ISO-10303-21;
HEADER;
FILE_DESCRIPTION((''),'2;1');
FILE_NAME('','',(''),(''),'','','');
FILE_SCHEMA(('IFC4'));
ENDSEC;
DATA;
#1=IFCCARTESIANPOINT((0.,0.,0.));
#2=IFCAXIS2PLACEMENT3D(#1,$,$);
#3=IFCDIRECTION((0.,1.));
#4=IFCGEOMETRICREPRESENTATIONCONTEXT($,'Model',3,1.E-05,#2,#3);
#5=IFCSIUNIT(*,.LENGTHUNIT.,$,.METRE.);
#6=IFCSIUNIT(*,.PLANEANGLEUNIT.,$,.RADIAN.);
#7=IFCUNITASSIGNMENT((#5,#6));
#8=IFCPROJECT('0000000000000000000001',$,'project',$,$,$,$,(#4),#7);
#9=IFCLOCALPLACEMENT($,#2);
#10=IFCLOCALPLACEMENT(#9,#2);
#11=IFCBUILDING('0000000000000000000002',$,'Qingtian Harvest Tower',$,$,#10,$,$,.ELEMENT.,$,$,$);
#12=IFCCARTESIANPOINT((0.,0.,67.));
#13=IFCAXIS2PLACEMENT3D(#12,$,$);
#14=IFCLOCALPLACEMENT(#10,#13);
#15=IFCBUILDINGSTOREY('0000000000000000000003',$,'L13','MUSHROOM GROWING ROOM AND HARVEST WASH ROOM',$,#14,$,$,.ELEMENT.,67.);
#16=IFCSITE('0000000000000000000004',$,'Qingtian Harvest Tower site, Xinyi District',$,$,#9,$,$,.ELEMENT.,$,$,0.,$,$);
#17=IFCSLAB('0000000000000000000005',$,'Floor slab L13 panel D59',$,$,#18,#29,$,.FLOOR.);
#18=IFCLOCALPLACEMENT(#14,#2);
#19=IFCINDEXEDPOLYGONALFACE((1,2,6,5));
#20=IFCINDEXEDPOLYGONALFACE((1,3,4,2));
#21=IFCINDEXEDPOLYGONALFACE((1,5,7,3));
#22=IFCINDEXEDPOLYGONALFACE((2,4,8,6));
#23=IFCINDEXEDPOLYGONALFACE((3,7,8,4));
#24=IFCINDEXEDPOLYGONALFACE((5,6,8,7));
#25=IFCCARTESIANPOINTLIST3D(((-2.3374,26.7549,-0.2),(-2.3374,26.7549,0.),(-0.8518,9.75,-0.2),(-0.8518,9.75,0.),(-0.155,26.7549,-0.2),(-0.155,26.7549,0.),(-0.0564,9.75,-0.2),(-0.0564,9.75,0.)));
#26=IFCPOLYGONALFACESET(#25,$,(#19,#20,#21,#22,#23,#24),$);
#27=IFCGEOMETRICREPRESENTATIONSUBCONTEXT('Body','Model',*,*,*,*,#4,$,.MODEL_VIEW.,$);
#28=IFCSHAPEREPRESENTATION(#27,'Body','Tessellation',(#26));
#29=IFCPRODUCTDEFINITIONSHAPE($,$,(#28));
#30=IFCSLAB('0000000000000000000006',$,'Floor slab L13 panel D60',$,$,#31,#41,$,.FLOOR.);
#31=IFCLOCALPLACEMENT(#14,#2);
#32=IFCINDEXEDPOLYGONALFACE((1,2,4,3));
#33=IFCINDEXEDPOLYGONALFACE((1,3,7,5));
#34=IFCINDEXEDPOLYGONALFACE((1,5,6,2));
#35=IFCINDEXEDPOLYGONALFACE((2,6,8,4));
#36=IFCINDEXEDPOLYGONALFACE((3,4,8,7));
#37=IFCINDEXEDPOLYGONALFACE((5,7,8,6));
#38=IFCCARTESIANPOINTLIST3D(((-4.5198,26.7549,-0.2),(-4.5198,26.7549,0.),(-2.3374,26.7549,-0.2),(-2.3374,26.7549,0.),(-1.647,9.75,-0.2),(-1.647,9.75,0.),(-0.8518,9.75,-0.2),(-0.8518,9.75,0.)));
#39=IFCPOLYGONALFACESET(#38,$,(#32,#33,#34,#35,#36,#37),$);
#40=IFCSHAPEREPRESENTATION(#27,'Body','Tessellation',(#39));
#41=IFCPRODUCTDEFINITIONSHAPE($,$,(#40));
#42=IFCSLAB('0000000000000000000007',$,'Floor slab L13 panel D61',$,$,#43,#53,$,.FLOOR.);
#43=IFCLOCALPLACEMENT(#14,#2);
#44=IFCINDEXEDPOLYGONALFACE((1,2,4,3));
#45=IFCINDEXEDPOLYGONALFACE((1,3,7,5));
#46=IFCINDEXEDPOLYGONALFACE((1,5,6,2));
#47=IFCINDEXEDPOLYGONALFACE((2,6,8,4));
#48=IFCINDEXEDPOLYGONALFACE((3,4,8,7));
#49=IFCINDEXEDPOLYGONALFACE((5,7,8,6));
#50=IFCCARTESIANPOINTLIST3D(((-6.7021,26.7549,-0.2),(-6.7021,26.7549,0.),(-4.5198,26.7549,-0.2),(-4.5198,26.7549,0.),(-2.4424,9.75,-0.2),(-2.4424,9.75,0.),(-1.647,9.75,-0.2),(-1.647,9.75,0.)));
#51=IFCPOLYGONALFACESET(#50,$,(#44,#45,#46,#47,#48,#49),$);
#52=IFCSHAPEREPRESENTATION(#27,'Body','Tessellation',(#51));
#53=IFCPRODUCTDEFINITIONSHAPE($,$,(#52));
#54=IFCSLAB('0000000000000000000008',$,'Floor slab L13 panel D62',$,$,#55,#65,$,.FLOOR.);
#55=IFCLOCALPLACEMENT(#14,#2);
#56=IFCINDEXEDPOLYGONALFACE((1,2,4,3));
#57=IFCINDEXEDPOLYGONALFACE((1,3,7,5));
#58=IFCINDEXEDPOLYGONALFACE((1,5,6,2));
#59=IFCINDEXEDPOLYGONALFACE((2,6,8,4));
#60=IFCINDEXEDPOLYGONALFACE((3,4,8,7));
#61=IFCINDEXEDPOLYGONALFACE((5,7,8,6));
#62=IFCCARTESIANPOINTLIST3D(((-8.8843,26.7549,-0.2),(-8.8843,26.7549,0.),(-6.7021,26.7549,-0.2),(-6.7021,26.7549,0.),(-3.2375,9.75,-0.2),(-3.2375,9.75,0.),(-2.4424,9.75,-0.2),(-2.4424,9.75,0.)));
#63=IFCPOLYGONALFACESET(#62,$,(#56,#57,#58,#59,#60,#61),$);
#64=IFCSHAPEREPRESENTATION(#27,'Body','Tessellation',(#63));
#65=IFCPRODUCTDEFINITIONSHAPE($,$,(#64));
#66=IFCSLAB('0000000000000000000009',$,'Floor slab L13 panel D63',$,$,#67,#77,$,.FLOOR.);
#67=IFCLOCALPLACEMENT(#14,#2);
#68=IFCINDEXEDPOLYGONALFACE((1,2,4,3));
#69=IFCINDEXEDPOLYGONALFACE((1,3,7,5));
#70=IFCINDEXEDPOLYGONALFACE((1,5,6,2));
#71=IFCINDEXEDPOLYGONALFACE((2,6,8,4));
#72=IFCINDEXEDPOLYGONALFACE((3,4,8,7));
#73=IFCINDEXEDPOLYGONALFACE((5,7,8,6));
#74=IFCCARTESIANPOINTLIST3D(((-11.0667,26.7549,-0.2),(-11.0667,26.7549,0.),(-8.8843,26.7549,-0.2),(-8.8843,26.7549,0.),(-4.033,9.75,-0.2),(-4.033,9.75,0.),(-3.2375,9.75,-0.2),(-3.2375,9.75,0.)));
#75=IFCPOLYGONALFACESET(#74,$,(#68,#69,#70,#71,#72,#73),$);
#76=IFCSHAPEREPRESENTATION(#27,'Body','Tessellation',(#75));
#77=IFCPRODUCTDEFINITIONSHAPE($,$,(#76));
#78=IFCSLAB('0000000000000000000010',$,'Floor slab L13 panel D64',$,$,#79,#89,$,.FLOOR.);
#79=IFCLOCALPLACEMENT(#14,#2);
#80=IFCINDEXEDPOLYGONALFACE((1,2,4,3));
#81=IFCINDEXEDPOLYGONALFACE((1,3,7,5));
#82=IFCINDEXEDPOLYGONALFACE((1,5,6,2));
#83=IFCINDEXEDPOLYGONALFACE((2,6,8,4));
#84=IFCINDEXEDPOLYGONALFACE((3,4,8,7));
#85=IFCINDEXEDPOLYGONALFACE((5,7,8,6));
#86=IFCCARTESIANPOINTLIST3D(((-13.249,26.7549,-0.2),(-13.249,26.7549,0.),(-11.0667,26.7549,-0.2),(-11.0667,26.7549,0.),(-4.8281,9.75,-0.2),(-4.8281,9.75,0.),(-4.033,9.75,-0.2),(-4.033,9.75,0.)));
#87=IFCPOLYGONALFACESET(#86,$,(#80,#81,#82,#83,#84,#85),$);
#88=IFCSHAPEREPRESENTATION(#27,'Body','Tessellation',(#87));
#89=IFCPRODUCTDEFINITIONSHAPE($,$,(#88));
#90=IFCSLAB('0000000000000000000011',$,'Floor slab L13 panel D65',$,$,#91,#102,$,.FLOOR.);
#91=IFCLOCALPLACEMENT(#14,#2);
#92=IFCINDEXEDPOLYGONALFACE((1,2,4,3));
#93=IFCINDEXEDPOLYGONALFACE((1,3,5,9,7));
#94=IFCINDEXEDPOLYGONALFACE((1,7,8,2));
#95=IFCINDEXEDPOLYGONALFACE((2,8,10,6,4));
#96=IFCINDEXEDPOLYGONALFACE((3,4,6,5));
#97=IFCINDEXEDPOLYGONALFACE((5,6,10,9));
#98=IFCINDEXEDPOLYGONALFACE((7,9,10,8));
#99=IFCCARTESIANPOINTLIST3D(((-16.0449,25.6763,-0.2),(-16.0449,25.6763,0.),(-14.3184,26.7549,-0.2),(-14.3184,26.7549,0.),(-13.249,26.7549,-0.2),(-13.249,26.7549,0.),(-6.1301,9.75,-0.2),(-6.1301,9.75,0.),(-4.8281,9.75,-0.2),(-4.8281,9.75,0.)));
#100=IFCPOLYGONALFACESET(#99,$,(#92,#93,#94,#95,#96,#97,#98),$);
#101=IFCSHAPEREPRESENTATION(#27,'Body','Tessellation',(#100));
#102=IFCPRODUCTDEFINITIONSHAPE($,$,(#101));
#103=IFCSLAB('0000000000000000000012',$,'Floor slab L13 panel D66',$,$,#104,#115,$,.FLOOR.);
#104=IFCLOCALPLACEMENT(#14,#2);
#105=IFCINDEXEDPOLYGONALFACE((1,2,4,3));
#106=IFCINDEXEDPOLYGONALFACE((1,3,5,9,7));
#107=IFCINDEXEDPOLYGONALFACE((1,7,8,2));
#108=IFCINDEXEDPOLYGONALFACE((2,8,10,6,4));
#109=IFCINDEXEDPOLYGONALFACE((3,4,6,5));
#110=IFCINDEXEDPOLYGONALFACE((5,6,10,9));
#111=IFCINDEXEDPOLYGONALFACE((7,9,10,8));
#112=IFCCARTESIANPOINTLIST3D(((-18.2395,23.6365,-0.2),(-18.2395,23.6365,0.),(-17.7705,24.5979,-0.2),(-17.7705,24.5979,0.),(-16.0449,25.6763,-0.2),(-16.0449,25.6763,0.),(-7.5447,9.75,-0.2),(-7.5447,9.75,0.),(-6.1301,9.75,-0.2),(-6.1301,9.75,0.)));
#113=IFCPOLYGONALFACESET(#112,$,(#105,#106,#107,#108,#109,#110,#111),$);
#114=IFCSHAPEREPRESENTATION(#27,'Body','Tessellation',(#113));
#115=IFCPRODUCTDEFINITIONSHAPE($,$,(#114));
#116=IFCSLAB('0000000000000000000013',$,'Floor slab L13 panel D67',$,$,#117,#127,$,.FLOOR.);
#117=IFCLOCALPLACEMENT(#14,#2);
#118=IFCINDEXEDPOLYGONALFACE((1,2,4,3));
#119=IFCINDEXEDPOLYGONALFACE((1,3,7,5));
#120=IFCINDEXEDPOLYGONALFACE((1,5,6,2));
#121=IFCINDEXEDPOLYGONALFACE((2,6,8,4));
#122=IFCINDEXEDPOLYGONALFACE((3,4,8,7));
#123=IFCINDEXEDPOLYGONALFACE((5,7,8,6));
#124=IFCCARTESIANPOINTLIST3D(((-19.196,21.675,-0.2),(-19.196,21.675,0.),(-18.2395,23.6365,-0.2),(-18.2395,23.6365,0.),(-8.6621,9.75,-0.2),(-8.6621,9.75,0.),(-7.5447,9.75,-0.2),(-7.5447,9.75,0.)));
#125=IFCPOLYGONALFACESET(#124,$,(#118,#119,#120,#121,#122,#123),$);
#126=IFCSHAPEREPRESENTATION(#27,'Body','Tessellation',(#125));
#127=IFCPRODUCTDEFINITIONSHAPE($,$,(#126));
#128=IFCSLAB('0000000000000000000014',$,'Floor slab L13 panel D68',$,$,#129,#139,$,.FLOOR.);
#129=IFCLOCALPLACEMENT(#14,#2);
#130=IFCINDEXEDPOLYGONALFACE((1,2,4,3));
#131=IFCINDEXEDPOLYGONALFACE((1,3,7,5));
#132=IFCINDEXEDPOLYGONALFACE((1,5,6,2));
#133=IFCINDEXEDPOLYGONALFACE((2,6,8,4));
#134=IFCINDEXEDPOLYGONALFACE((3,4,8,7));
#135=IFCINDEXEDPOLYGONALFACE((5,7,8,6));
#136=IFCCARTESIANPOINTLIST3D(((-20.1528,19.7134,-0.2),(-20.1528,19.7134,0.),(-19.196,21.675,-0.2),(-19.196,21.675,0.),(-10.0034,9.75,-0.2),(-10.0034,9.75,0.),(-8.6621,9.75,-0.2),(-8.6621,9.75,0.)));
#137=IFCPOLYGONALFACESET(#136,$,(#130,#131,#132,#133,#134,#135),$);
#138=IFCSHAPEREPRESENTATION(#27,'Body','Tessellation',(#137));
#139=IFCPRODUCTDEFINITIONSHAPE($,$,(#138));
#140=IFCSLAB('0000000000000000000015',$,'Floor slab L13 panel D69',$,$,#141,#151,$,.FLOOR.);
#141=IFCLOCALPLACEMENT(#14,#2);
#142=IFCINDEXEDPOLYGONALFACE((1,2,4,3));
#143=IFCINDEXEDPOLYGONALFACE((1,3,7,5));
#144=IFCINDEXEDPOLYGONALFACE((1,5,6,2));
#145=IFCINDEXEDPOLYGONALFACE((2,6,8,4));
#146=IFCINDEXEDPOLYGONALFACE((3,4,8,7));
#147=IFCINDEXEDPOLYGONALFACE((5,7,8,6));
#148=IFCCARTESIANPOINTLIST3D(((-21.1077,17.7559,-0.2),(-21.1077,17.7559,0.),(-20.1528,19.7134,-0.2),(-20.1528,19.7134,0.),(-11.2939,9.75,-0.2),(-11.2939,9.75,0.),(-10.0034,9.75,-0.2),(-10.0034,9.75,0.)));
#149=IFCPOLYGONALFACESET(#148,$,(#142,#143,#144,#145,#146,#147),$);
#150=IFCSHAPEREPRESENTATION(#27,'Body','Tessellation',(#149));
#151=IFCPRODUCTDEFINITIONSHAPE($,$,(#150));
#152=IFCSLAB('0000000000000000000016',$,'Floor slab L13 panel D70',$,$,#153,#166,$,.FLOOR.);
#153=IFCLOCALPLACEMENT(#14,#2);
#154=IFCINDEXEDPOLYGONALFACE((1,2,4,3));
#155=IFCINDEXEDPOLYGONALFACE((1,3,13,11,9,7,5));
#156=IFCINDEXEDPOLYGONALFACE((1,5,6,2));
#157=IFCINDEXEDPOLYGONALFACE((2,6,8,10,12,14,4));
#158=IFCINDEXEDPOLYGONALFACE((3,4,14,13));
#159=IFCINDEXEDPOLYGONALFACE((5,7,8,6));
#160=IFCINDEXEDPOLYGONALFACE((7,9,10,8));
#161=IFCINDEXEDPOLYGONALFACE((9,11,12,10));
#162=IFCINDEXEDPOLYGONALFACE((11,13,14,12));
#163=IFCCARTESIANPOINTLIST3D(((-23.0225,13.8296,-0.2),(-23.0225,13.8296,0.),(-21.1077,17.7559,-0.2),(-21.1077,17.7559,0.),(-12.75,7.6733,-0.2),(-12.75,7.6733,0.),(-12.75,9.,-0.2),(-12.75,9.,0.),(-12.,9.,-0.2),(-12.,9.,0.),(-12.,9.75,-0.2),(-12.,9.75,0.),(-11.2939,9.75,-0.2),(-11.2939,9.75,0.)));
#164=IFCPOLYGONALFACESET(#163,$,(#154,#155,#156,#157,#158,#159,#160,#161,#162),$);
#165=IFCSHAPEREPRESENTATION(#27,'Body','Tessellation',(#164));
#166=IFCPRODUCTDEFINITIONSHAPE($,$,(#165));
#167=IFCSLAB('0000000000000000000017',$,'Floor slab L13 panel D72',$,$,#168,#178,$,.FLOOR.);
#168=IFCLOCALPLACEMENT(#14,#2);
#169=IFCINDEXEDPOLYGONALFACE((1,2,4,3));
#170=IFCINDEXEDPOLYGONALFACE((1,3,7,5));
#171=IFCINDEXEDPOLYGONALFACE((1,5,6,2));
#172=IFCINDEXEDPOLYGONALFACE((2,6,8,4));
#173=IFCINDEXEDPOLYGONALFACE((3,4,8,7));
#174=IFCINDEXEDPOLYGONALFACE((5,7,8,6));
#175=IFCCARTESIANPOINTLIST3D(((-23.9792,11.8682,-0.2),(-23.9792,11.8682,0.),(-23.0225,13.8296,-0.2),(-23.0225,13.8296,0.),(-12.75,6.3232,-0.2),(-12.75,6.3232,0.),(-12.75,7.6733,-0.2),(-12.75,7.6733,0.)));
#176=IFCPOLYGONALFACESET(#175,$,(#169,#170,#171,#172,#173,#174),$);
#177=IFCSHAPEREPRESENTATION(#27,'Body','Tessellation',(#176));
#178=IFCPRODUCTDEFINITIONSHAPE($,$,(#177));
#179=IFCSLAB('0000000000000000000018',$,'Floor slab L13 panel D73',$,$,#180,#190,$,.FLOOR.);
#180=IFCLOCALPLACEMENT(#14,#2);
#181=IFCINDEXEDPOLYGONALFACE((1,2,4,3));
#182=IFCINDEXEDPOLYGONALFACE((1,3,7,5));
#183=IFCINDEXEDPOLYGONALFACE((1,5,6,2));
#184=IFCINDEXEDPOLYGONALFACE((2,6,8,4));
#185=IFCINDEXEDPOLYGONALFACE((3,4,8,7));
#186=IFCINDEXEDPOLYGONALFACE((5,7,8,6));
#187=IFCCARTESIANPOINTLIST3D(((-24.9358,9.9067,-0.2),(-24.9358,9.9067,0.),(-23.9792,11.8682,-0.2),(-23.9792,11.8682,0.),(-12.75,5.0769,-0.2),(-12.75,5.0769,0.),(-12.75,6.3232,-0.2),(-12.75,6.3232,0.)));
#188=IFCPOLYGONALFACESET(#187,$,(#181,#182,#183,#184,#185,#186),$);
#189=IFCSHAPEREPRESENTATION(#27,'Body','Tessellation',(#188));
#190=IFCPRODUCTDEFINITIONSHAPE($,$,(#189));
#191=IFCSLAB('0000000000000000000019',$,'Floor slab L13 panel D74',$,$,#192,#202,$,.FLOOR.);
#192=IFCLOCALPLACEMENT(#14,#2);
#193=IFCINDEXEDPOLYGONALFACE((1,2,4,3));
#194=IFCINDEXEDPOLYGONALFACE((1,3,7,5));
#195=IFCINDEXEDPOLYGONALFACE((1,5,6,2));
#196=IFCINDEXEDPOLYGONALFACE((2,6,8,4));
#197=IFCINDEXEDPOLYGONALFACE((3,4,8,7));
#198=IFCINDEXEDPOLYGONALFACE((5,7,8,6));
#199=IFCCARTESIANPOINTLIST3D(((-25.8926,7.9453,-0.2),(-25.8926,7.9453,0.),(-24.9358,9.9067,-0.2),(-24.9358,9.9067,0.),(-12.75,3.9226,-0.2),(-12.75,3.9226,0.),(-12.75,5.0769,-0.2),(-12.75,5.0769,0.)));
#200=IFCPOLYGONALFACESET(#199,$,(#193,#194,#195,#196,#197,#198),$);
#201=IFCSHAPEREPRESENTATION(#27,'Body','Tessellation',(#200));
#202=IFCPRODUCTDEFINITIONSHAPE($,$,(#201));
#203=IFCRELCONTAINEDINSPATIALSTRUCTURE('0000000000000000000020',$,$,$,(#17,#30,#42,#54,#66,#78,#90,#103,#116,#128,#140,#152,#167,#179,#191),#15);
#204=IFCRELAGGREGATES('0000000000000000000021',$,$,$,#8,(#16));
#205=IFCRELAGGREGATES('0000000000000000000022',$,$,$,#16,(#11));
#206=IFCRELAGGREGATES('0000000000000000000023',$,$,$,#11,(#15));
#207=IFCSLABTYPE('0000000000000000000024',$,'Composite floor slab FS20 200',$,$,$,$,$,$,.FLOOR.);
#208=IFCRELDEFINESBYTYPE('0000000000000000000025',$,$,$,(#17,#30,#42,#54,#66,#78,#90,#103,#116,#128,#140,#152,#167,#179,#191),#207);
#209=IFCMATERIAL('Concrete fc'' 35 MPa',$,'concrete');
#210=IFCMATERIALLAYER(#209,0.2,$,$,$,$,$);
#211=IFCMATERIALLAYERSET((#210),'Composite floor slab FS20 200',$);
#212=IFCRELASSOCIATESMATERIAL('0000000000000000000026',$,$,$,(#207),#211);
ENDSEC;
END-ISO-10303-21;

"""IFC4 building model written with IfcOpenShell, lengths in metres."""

from ifc_helpers import new_model, si_unit, direction, frame, origin, place, context, subcontext, project, spatial, polyline, outline, extrude, material, layer, layer_set, type_object, element, save


model = new_model("IFC4")

# Units and contexts
model_context = context("Model", 3, precision=1e-05, world=origin(), true_north=direction((0.0, 1.0)))
body_context = subcontext(model_context, "Body", "Model", "MODEL_VIEW")
ifc_project = project(units=[si_unit("LENGTHUNIT", "METRE"), si_unit("PLANEANGLEUNIT", "RADIAN")], contexts=[model_context])

# Site, building, storey
site_placement = place(None, origin())
site = spatial("IfcSite", under=ifc_project, at=site_placement, Name="Qingtian Harvest Tower site, Xinyi District", CompositionType="ELEMENT", RefElevation=0.0)
building_placement = place(site_placement, origin())
building = spatial("IfcBuilding", under=site, at=building_placement, Name="Qingtian Harvest Tower", CompositionType="ELEMENT")
storey_placement = place(building_placement, frame((0.0, 0.0, 67.0)))
storey = spatial("IfcBuildingStorey", under=building, at=storey_placement, Name="L13", Description="MUSHROOM GROWING ROOM AND HARVEST WASH ROOM", CompositionType="ELEMENT", Elevation=67.0)

# Slabs
ifc_material_1 = material(Name="Concrete fc' 35 MPa", Category="concrete")
ifc_layer_1 = layer(ifc_material_1, 0.2)
ifc_layer_set_1 = layer_set([ifc_layer_1], Name="Composite floor slab FS20 200")
slab_type = type_object("IfcSlabType", Name="Composite floor slab FS20 200", PredefinedType="FLOOR", material=ifc_layer_set_1)
slab_1_placement = place(storey_placement, frame((0.0, 0.0, -0.2)))
element("IfcSlab", 1, at=slab_1_placement, inside=storey, type_object=slab_type, Name="Floor slab L13 panel D59", PredefinedType="FLOOR", context=body_context, shape_type="SweptSolid", body=[
    extrude(outline(polyline([(-0.8518, 9.75), (-2.3374, 26.7549), (-0.155, 26.7549), (-0.0564, 9.75), (-0.8518, 9.75)])), origin(), (0.0, 0.0, 1.0), 0.2),
])
slab_2_placement = place(storey_placement, frame((0.0, 0.0, -0.2)))
element("IfcSlab", 2, at=slab_2_placement, inside=storey, type_object=slab_type, Name="Floor slab L13 panel D60", PredefinedType="FLOOR", context=body_context, shape_type="SweptSolid", body=[
    extrude(outline(polyline([(-1.647, 9.75), (-4.5198, 26.7549), (-2.3374, 26.7549), (-0.8518, 9.75), (-1.647, 9.75)])), origin(), (0.0, 0.0, 1.0), 0.2),
])
slab_3_placement = place(storey_placement, frame((0.0, 0.0, -0.2)))
element("IfcSlab", 3, at=slab_3_placement, inside=storey, type_object=slab_type, Name="Floor slab L13 panel D61", PredefinedType="FLOOR", context=body_context, shape_type="SweptSolid", body=[
    extrude(outline(polyline([(-2.4424, 9.75), (-6.7021, 26.7549), (-4.5198, 26.7549), (-1.647, 9.75), (-2.4424, 9.75)])), origin(), (0.0, 0.0, 1.0), 0.2),
])
slab_4_placement = place(storey_placement, frame((0.0, 0.0, -0.2)))
element("IfcSlab", 4, at=slab_4_placement, inside=storey, type_object=slab_type, Name="Floor slab L13 panel D62", PredefinedType="FLOOR", context=body_context, shape_type="SweptSolid", body=[
    extrude(outline(polyline([(-3.2375, 9.75), (-8.8843, 26.7549), (-6.7021, 26.7549), (-2.4424, 9.75), (-3.2375, 9.75)])), origin(), (0.0, 0.0, 1.0), 0.2),
])
slab_5_placement = place(storey_placement, frame((0.0, 0.0, -0.2)))
element("IfcSlab", 5, at=slab_5_placement, inside=storey, type_object=slab_type, Name="Floor slab L13 panel D63", PredefinedType="FLOOR", context=body_context, shape_type="SweptSolid", body=[
    extrude(outline(polyline([(-4.033, 9.75), (-11.0667, 26.7549), (-8.8843, 26.7549), (-3.2375, 9.75), (-4.033, 9.75)])), origin(), (0.0, 0.0, 1.0), 0.2),
])
slab_6_placement = place(storey_placement, frame((0.0, 0.0, -0.2)))
element("IfcSlab", 6, at=slab_6_placement, inside=storey, type_object=slab_type, Name="Floor slab L13 panel D64", PredefinedType="FLOOR", context=body_context, shape_type="SweptSolid", body=[
    extrude(outline(polyline([(-4.8281, 9.75), (-13.249, 26.7549), (-11.0667, 26.7549), (-4.033, 9.75), (-4.8281, 9.75)])), origin(), (0.0, 0.0, 1.0), 0.2),
])
slab_7_placement = place(storey_placement, frame((0.0, 0.0, -0.2)))
element("IfcSlab", 7, at=slab_7_placement, inside=storey, type_object=slab_type, Name="Floor slab L13 panel D65", PredefinedType="FLOOR", context=body_context, shape_type="SweptSolid", body=[
    extrude(outline(polyline([(-4.8281, 9.75), (-6.1301, 9.75), (-16.0449, 25.6763), (-14.3184, 26.7549), (-13.249, 26.7549), (-4.8281, 9.75)])), origin(), (0.0, 0.0, 1.0), 0.2),
])
slab_8_placement = place(storey_placement, frame((0.0, 0.0, -0.2)))
element("IfcSlab", 8, at=slab_8_placement, inside=storey, type_object=slab_type, Name="Floor slab L13 panel D66", PredefinedType="FLOOR", context=body_context, shape_type="SweptSolid", body=[
    extrude(outline(polyline([(-6.1301, 9.75), (-7.5447, 9.75), (-18.2395, 23.6365), (-17.7705, 24.5979), (-16.0449, 25.6763), (-6.1301, 9.75)])), origin(), (0.0, 0.0, 1.0), 0.2),
])
slab_9_placement = place(storey_placement, frame((0.0, 0.0, -0.2)))
element("IfcSlab", 9, at=slab_9_placement, inside=storey, type_object=slab_type, Name="Floor slab L13 panel D67", PredefinedType="FLOOR", context=body_context, shape_type="SweptSolid", body=[
    extrude(outline(polyline([(-8.6621, 9.75), (-19.196, 21.675), (-18.2395, 23.6365), (-7.5447, 9.75), (-8.6621, 9.75)])), origin(), (0.0, 0.0, 1.0), 0.2),
])
slab_10_placement = place(storey_placement, frame((0.0, 0.0, -0.2)))
element("IfcSlab", 10, at=slab_10_placement, inside=storey, type_object=slab_type, Name="Floor slab L13 panel D68", PredefinedType="FLOOR", context=body_context, shape_type="SweptSolid", body=[
    extrude(outline(polyline([(-10.0034, 9.75), (-20.1528, 19.7134), (-19.196, 21.675), (-8.6621, 9.75), (-10.0034, 9.75)])), origin(), (0.0, 0.0, 1.0), 0.2),
])
slab_11_placement = place(storey_placement, frame((0.0, 0.0, -0.2)))
element("IfcSlab", 11, at=slab_11_placement, inside=storey, type_object=slab_type, Name="Floor slab L13 panel D69", PredefinedType="FLOOR", context=body_context, shape_type="SweptSolid", body=[
    extrude(outline(polyline([(-11.2939, 9.75), (-21.1077, 17.7559), (-20.1528, 19.7134), (-10.0034, 9.75), (-11.2939, 9.75)])), origin(), (0.0, 0.0, 1.0), 0.2),
])
slab_12_placement = place(storey_placement, frame((0.0, 0.0, -0.2)))
element("IfcSlab", 12, at=slab_12_placement, inside=storey, type_object=slab_type, Name="Floor slab L13 panel D70", PredefinedType="FLOOR", context=body_context, shape_type="SweptSolid", body=[
    extrude(outline(polyline([(-12.0, 9.0), (-12.75, 9.0), (-12.75, 7.6733), (-23.0225, 13.8296), (-21.1077, 17.7559), (-11.2939, 9.75), (-12.0, 9.75), (-12.0, 9.0)])), origin(), (0.0, 0.0, 1.0), 0.2),
])
slab_13_placement = place(storey_placement, frame((0.0, 0.0, -0.2)))
element("IfcSlab", 13, at=slab_13_placement, inside=storey, type_object=slab_type, Name="Floor slab L13 panel D72", PredefinedType="FLOOR", context=body_context, shape_type="SweptSolid", body=[
    extrude(outline(polyline([(-12.75, 6.3232), (-23.9792, 11.8682), (-23.0225, 13.8296), (-12.75, 7.6733), (-12.75, 6.3232)])), origin(), (0.0, 0.0, 1.0), 0.2),
])
slab_14_placement = place(storey_placement, frame((0.0, 0.0, -0.2)))
element("IfcSlab", 14, at=slab_14_placement, inside=storey, type_object=slab_type, Name="Floor slab L13 panel D73", PredefinedType="FLOOR", context=body_context, shape_type="SweptSolid", body=[
    extrude(outline(polyline([(-12.75, 5.0769), (-24.9358, 9.9067), (-23.9792, 11.8682), (-12.75, 6.3232), (-12.75, 5.0769)])), origin(), (0.0, 0.0, 1.0), 0.2),
])
slab_15_placement = place(storey_placement, frame((0.0, 0.0, -0.2)))
element("IfcSlab", 15, at=slab_15_placement, inside=storey, type_object=slab_type, Name="Floor slab L13 panel D74", PredefinedType="FLOOR", context=body_context, shape_type="SweptSolid", body=[
    extrude(outline(polyline([(-12.75, 3.9226), (-25.8926, 7.9453), (-24.9358, 9.9067), (-12.75, 5.0769), (-12.75, 3.9226)])), origin(), (0.0, 0.0, 1.0), 0.2),
])

save(model, "model.ifc")
